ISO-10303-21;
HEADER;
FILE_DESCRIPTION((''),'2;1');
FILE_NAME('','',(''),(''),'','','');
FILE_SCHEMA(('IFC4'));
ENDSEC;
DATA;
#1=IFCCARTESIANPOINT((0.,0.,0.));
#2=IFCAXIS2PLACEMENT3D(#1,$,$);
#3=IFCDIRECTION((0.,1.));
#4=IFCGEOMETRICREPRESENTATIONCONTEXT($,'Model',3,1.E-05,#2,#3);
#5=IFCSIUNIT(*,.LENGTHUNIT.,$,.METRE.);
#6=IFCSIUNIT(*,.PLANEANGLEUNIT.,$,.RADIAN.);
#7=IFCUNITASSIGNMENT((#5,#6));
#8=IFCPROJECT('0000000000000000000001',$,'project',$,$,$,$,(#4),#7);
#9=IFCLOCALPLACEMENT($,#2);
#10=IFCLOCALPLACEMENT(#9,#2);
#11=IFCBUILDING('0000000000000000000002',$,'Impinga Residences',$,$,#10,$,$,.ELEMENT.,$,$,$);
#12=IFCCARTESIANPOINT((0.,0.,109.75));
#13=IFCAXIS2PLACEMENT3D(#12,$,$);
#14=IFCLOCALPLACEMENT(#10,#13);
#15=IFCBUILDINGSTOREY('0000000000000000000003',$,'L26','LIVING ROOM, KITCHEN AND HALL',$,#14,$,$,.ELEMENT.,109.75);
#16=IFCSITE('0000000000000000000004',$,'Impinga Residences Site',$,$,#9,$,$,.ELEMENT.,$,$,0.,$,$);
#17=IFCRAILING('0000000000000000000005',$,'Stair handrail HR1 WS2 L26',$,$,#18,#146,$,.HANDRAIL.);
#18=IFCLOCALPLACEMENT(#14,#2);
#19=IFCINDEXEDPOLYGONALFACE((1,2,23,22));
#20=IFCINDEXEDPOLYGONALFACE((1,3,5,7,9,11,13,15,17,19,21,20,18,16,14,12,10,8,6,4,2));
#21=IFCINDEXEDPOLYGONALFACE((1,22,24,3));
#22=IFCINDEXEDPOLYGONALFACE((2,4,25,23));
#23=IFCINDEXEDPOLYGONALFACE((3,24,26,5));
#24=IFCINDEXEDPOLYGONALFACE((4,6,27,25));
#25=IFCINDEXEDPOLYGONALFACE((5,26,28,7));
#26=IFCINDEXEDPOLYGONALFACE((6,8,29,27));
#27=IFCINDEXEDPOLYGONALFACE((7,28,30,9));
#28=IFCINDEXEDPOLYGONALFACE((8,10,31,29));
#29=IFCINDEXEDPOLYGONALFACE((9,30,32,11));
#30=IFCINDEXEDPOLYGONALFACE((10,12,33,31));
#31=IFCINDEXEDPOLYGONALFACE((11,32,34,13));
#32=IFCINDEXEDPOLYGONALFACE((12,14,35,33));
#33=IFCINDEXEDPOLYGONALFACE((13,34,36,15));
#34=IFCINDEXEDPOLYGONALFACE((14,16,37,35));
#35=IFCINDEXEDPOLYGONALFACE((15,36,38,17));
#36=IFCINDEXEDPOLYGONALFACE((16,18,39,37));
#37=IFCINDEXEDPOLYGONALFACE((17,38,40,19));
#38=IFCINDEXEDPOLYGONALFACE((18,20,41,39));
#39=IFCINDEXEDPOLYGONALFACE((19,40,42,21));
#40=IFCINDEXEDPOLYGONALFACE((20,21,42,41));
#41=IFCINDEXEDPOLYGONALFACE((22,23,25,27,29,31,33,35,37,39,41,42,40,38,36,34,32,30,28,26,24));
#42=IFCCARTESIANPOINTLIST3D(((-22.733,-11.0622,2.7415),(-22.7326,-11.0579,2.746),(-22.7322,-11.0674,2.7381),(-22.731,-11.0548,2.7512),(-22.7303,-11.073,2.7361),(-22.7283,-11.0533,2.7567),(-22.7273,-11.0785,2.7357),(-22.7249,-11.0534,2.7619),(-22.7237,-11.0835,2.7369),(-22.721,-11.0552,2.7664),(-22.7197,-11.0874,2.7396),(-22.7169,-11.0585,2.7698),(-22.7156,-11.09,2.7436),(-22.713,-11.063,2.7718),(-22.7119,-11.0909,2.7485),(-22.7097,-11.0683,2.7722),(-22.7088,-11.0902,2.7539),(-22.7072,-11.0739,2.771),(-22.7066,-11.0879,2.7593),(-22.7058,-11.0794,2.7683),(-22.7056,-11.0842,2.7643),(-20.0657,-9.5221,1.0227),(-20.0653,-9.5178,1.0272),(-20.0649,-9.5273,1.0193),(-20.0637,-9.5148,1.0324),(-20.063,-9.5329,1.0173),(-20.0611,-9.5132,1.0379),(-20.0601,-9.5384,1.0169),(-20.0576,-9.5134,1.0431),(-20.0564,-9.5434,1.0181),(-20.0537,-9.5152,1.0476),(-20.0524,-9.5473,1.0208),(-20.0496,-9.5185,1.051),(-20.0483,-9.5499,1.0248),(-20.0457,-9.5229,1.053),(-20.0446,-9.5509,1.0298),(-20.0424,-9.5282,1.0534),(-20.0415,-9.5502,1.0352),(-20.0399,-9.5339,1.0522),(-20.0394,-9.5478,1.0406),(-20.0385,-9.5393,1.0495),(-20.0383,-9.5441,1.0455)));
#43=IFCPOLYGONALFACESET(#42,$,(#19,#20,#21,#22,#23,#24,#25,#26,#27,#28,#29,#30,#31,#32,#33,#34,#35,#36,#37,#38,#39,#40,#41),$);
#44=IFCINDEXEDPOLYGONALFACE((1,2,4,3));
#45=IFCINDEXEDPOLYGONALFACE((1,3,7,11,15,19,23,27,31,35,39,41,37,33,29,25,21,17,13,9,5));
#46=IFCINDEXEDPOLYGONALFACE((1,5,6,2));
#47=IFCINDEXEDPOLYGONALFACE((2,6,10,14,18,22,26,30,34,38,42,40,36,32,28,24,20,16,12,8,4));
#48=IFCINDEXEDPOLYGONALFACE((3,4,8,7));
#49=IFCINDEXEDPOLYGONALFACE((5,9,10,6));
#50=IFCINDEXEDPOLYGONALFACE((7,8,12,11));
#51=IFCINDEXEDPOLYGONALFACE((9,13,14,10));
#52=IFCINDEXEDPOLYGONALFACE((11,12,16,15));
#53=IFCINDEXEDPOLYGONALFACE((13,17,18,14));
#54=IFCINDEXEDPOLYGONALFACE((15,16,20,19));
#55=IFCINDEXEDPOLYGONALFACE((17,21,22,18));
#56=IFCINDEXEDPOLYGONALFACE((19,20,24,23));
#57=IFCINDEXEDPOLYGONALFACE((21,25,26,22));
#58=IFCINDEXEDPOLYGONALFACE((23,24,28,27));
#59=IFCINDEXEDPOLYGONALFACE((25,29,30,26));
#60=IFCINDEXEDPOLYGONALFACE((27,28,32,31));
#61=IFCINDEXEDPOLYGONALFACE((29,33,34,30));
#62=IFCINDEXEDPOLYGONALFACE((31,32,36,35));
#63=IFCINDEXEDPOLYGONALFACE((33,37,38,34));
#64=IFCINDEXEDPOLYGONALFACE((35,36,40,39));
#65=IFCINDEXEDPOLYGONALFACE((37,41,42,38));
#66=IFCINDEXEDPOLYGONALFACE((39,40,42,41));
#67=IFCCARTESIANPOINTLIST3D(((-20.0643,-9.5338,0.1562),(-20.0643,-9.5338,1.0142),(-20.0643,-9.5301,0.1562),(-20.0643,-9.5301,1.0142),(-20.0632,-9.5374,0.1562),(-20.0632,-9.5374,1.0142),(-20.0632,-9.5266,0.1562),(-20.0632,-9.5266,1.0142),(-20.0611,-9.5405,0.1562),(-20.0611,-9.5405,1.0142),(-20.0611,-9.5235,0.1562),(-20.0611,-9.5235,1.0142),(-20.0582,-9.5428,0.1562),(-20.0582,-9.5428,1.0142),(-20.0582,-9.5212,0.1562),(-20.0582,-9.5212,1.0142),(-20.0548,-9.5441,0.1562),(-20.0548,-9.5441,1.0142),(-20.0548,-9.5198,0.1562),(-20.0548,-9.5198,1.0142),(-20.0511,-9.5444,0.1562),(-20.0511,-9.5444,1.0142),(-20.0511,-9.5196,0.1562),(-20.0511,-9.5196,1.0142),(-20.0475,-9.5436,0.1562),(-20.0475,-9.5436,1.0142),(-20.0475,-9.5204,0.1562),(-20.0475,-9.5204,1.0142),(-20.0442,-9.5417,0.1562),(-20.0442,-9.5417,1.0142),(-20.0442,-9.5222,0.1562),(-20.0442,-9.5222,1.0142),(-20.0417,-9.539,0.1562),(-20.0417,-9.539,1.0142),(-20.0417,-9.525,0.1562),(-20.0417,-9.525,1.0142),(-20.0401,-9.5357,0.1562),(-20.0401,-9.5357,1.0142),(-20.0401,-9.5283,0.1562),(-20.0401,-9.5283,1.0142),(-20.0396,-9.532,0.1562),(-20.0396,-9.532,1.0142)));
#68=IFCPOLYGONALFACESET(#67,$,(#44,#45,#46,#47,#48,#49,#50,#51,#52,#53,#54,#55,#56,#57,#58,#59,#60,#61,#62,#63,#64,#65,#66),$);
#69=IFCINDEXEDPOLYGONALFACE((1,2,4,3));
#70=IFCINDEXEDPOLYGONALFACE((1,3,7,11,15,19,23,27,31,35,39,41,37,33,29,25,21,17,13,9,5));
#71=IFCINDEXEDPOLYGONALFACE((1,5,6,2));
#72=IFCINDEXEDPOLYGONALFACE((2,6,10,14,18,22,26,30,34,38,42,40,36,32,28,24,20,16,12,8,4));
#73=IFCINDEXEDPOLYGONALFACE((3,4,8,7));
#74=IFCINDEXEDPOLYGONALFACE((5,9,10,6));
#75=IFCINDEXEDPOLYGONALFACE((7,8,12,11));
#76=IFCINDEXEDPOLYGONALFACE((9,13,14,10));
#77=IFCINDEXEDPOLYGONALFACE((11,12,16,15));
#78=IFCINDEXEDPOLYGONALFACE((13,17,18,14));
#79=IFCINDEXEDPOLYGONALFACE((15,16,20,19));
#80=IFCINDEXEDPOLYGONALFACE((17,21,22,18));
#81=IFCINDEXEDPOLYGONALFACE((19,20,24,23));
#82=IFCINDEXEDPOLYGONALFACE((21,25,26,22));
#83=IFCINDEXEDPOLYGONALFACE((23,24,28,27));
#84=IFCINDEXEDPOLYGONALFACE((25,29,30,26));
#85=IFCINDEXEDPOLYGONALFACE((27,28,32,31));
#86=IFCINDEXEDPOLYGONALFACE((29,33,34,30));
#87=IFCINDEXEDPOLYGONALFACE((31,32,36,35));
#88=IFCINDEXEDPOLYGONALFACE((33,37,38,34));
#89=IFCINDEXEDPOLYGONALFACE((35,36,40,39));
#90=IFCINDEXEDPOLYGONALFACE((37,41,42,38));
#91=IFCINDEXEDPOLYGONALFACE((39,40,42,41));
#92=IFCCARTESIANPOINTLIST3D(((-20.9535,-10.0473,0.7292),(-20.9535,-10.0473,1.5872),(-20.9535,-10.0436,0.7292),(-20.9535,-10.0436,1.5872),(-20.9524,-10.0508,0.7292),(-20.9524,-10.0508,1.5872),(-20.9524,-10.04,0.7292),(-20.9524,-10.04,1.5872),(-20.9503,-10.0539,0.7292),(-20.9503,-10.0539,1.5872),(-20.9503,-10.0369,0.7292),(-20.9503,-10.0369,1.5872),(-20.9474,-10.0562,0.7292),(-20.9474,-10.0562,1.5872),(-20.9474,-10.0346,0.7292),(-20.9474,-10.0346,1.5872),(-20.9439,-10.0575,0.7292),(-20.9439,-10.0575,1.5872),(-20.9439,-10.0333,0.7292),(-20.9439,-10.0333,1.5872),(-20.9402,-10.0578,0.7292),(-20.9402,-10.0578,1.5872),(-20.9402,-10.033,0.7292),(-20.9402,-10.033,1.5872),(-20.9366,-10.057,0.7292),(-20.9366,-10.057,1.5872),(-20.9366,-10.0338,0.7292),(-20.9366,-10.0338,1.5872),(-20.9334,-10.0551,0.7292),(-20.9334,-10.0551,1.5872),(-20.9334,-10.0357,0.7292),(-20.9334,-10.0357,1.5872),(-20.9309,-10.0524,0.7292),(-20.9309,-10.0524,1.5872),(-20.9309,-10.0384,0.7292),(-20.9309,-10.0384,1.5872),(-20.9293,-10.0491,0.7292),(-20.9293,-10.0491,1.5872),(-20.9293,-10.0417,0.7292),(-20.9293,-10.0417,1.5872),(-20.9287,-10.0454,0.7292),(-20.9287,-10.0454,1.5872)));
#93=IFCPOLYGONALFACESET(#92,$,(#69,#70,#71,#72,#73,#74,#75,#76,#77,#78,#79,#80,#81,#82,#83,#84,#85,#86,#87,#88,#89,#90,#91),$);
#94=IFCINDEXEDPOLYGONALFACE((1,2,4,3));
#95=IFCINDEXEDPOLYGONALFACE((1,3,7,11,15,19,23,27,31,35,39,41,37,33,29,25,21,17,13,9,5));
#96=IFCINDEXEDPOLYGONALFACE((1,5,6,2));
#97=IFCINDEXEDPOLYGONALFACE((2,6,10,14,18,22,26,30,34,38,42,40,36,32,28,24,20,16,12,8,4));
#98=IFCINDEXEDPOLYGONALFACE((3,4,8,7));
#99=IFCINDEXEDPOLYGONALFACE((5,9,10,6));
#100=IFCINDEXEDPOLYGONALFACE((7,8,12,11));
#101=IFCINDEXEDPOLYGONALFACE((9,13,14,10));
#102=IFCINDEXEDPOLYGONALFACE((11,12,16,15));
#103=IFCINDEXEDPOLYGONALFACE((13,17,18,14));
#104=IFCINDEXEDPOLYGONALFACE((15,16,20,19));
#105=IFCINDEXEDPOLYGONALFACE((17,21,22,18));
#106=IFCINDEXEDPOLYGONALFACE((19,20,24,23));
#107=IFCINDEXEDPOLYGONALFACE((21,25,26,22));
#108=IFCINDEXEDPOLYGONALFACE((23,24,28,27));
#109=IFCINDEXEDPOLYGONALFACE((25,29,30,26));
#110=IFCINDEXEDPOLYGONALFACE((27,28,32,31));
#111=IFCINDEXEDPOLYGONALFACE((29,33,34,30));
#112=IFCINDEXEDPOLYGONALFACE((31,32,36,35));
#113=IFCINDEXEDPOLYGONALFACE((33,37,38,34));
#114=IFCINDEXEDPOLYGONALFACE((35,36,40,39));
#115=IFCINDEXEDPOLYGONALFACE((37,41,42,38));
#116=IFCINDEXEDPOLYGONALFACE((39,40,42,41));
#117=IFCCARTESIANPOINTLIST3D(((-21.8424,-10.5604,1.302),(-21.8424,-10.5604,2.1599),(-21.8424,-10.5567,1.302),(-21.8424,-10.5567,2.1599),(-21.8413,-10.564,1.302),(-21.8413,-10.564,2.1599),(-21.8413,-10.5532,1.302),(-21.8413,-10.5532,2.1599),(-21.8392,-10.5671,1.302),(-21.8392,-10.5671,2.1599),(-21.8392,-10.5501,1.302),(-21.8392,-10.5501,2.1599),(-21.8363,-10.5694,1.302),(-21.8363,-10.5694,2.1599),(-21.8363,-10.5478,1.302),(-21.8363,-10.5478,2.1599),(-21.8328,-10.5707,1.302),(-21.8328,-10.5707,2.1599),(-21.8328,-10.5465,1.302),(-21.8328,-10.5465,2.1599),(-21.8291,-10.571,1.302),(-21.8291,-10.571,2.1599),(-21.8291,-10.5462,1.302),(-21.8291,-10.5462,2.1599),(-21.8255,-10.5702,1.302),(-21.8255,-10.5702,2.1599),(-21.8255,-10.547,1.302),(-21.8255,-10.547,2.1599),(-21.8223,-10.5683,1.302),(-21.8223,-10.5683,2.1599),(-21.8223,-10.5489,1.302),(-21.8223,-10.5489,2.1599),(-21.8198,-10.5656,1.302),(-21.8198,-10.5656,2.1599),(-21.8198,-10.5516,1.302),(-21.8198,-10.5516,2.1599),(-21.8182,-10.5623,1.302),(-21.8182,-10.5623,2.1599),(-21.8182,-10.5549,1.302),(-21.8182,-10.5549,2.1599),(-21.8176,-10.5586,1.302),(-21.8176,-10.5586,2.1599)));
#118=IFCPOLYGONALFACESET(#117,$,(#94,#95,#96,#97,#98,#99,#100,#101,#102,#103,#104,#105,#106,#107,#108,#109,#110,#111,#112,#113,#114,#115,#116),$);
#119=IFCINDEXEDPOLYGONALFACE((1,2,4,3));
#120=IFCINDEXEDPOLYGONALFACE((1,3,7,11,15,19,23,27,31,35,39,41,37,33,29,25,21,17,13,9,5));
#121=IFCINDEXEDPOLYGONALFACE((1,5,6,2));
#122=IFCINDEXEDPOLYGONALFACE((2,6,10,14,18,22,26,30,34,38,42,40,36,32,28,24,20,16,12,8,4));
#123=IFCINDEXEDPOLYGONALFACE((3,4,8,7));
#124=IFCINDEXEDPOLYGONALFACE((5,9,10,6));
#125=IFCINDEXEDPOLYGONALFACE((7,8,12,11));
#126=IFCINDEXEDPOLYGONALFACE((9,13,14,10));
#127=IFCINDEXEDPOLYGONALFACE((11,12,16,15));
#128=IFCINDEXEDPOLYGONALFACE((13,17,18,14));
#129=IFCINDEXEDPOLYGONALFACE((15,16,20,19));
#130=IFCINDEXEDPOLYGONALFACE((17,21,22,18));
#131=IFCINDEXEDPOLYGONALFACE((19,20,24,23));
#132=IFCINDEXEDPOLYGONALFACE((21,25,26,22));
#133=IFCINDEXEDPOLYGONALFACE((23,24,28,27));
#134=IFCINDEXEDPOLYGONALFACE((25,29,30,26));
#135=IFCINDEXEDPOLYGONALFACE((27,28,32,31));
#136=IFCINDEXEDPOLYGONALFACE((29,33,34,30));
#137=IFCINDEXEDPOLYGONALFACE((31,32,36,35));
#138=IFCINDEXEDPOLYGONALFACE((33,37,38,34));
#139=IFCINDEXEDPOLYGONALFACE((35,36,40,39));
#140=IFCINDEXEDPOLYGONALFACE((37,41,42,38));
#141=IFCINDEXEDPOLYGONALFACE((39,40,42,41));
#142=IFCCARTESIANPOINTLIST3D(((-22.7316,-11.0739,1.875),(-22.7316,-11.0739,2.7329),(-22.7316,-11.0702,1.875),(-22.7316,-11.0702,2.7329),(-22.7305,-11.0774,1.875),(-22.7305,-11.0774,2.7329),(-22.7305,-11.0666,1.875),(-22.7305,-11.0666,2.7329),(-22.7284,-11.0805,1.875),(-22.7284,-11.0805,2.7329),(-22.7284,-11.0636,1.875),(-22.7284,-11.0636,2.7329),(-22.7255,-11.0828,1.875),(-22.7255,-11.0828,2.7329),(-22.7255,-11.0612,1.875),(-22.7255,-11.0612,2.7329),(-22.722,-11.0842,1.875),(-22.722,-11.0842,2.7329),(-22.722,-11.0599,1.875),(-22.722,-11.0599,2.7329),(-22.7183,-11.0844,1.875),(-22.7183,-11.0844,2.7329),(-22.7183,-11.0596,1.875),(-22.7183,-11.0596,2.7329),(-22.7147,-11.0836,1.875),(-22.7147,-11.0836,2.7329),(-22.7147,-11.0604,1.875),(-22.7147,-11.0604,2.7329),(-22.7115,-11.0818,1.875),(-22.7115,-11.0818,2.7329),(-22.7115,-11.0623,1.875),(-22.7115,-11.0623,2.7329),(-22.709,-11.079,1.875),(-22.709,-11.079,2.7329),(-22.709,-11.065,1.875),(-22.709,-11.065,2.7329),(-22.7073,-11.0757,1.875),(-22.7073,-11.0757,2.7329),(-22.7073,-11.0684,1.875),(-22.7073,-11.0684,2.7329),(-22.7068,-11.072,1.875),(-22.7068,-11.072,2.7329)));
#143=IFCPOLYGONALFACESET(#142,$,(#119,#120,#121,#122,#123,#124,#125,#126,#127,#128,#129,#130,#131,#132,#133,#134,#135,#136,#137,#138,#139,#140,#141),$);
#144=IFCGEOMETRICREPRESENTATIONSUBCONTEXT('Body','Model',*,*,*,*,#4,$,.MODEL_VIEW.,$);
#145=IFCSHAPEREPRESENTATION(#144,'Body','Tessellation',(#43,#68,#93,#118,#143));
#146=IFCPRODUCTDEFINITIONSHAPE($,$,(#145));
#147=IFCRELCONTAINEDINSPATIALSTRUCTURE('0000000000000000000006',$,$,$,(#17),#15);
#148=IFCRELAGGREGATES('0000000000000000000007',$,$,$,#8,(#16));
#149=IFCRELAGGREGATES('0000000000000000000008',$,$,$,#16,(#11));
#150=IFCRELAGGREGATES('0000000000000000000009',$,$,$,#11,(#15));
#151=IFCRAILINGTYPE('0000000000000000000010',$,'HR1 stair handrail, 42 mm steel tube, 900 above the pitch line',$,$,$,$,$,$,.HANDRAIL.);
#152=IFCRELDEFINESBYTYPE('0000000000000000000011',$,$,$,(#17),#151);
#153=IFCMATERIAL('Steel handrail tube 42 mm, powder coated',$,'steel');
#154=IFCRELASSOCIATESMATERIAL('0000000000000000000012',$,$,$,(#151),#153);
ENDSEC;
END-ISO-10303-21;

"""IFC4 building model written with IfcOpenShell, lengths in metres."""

from ifc_helpers import new_model, si_unit, direction, frame, origin, origin_2d, place, context, subcontext, project, spatial, circle, extrude, material, type_object, element, save


model = new_model("IFC4")

# Units and contexts
model_context = context("Model", 3, precision=1e-05, world=origin(), true_north=direction((0.0, 1.0)))
body_context = subcontext(model_context, "Body", "Model", "MODEL_VIEW")
ifc_project = project(units=[si_unit("LENGTHUNIT", "METRE"), si_unit("PLANEANGLEUNIT", "RADIAN")], contexts=[model_context])

# Site, building, storey
site_placement = place(None, origin())
site = spatial("IfcSite", under=ifc_project, at=site_placement, Name="Impinga Residences Site", CompositionType="ELEMENT", RefElevation=0.0)
building_placement = place(site_placement, origin())
building = spatial("IfcBuilding", under=site, at=building_placement, Name="Impinga Residences", CompositionType="ELEMENT")
storey_placement = place(building_placement, frame((0.0, 0.0, 109.75)))
storey = spatial("IfcBuildingStorey", under=building, at=storey_placement, Name="L26", Description="LIVING ROOM, KITCHEN AND HALL", CompositionType="ELEMENT", Elevation=109.75)

# Railing
ifc_material_1 = material(Name="Steel handrail tube 42 mm, powder coated", Category="steel")
railing_type_1 = type_object("IfcRailingType", Name="HR1 stair handrail, 42 mm steel tube, 900 above the pitch line", PredefinedType="HANDRAIL", material=ifc_material_1)
railing_1_placement = place(storey_placement, frame((-20.052, -9.532, 0.1562)))
element("IfcRailing", 1, at=railing_1_placement, inside=storey, type_object=railing_type_1, Name="Stair handrail HR1 WS2 L26", PredefinedType="HANDRAIL", context=body_context, shape_type="SweptSolid", body=[
    extrude(circle(Radius=0.021, at=origin_2d()), frame((0.0, 0.0, 0.8789), z_axis=(-0.756226, -0.436639, 0.487307), x_axis=(0.500027, -0.86601, 0.0)), (0.0, 0.0, 1.0), 3.5271),
    extrude(circle(Radius=0.0125, at=origin_2d()), origin(), (0.0, 0.0, 1.0), 0.8579),
    extrude(circle(Radius=0.0125, at=origin_2d()), frame((-0.8892, -0.5134, 0.573)), (0.0, 0.0, 1.0), 0.8579),
    extrude(circle(Radius=0.0125, at=origin_2d()), frame((-1.7781, -1.0266, 1.1458)), (0.0, 0.0, 1.0), 0.8579),
    extrude(circle(Radius=0.0125, at=origin_2d()), frame((-2.6672, -1.54, 1.7188)), (0.0, 0.0, 1.0), 0.8579),
])

save(model, "model.ifc")
